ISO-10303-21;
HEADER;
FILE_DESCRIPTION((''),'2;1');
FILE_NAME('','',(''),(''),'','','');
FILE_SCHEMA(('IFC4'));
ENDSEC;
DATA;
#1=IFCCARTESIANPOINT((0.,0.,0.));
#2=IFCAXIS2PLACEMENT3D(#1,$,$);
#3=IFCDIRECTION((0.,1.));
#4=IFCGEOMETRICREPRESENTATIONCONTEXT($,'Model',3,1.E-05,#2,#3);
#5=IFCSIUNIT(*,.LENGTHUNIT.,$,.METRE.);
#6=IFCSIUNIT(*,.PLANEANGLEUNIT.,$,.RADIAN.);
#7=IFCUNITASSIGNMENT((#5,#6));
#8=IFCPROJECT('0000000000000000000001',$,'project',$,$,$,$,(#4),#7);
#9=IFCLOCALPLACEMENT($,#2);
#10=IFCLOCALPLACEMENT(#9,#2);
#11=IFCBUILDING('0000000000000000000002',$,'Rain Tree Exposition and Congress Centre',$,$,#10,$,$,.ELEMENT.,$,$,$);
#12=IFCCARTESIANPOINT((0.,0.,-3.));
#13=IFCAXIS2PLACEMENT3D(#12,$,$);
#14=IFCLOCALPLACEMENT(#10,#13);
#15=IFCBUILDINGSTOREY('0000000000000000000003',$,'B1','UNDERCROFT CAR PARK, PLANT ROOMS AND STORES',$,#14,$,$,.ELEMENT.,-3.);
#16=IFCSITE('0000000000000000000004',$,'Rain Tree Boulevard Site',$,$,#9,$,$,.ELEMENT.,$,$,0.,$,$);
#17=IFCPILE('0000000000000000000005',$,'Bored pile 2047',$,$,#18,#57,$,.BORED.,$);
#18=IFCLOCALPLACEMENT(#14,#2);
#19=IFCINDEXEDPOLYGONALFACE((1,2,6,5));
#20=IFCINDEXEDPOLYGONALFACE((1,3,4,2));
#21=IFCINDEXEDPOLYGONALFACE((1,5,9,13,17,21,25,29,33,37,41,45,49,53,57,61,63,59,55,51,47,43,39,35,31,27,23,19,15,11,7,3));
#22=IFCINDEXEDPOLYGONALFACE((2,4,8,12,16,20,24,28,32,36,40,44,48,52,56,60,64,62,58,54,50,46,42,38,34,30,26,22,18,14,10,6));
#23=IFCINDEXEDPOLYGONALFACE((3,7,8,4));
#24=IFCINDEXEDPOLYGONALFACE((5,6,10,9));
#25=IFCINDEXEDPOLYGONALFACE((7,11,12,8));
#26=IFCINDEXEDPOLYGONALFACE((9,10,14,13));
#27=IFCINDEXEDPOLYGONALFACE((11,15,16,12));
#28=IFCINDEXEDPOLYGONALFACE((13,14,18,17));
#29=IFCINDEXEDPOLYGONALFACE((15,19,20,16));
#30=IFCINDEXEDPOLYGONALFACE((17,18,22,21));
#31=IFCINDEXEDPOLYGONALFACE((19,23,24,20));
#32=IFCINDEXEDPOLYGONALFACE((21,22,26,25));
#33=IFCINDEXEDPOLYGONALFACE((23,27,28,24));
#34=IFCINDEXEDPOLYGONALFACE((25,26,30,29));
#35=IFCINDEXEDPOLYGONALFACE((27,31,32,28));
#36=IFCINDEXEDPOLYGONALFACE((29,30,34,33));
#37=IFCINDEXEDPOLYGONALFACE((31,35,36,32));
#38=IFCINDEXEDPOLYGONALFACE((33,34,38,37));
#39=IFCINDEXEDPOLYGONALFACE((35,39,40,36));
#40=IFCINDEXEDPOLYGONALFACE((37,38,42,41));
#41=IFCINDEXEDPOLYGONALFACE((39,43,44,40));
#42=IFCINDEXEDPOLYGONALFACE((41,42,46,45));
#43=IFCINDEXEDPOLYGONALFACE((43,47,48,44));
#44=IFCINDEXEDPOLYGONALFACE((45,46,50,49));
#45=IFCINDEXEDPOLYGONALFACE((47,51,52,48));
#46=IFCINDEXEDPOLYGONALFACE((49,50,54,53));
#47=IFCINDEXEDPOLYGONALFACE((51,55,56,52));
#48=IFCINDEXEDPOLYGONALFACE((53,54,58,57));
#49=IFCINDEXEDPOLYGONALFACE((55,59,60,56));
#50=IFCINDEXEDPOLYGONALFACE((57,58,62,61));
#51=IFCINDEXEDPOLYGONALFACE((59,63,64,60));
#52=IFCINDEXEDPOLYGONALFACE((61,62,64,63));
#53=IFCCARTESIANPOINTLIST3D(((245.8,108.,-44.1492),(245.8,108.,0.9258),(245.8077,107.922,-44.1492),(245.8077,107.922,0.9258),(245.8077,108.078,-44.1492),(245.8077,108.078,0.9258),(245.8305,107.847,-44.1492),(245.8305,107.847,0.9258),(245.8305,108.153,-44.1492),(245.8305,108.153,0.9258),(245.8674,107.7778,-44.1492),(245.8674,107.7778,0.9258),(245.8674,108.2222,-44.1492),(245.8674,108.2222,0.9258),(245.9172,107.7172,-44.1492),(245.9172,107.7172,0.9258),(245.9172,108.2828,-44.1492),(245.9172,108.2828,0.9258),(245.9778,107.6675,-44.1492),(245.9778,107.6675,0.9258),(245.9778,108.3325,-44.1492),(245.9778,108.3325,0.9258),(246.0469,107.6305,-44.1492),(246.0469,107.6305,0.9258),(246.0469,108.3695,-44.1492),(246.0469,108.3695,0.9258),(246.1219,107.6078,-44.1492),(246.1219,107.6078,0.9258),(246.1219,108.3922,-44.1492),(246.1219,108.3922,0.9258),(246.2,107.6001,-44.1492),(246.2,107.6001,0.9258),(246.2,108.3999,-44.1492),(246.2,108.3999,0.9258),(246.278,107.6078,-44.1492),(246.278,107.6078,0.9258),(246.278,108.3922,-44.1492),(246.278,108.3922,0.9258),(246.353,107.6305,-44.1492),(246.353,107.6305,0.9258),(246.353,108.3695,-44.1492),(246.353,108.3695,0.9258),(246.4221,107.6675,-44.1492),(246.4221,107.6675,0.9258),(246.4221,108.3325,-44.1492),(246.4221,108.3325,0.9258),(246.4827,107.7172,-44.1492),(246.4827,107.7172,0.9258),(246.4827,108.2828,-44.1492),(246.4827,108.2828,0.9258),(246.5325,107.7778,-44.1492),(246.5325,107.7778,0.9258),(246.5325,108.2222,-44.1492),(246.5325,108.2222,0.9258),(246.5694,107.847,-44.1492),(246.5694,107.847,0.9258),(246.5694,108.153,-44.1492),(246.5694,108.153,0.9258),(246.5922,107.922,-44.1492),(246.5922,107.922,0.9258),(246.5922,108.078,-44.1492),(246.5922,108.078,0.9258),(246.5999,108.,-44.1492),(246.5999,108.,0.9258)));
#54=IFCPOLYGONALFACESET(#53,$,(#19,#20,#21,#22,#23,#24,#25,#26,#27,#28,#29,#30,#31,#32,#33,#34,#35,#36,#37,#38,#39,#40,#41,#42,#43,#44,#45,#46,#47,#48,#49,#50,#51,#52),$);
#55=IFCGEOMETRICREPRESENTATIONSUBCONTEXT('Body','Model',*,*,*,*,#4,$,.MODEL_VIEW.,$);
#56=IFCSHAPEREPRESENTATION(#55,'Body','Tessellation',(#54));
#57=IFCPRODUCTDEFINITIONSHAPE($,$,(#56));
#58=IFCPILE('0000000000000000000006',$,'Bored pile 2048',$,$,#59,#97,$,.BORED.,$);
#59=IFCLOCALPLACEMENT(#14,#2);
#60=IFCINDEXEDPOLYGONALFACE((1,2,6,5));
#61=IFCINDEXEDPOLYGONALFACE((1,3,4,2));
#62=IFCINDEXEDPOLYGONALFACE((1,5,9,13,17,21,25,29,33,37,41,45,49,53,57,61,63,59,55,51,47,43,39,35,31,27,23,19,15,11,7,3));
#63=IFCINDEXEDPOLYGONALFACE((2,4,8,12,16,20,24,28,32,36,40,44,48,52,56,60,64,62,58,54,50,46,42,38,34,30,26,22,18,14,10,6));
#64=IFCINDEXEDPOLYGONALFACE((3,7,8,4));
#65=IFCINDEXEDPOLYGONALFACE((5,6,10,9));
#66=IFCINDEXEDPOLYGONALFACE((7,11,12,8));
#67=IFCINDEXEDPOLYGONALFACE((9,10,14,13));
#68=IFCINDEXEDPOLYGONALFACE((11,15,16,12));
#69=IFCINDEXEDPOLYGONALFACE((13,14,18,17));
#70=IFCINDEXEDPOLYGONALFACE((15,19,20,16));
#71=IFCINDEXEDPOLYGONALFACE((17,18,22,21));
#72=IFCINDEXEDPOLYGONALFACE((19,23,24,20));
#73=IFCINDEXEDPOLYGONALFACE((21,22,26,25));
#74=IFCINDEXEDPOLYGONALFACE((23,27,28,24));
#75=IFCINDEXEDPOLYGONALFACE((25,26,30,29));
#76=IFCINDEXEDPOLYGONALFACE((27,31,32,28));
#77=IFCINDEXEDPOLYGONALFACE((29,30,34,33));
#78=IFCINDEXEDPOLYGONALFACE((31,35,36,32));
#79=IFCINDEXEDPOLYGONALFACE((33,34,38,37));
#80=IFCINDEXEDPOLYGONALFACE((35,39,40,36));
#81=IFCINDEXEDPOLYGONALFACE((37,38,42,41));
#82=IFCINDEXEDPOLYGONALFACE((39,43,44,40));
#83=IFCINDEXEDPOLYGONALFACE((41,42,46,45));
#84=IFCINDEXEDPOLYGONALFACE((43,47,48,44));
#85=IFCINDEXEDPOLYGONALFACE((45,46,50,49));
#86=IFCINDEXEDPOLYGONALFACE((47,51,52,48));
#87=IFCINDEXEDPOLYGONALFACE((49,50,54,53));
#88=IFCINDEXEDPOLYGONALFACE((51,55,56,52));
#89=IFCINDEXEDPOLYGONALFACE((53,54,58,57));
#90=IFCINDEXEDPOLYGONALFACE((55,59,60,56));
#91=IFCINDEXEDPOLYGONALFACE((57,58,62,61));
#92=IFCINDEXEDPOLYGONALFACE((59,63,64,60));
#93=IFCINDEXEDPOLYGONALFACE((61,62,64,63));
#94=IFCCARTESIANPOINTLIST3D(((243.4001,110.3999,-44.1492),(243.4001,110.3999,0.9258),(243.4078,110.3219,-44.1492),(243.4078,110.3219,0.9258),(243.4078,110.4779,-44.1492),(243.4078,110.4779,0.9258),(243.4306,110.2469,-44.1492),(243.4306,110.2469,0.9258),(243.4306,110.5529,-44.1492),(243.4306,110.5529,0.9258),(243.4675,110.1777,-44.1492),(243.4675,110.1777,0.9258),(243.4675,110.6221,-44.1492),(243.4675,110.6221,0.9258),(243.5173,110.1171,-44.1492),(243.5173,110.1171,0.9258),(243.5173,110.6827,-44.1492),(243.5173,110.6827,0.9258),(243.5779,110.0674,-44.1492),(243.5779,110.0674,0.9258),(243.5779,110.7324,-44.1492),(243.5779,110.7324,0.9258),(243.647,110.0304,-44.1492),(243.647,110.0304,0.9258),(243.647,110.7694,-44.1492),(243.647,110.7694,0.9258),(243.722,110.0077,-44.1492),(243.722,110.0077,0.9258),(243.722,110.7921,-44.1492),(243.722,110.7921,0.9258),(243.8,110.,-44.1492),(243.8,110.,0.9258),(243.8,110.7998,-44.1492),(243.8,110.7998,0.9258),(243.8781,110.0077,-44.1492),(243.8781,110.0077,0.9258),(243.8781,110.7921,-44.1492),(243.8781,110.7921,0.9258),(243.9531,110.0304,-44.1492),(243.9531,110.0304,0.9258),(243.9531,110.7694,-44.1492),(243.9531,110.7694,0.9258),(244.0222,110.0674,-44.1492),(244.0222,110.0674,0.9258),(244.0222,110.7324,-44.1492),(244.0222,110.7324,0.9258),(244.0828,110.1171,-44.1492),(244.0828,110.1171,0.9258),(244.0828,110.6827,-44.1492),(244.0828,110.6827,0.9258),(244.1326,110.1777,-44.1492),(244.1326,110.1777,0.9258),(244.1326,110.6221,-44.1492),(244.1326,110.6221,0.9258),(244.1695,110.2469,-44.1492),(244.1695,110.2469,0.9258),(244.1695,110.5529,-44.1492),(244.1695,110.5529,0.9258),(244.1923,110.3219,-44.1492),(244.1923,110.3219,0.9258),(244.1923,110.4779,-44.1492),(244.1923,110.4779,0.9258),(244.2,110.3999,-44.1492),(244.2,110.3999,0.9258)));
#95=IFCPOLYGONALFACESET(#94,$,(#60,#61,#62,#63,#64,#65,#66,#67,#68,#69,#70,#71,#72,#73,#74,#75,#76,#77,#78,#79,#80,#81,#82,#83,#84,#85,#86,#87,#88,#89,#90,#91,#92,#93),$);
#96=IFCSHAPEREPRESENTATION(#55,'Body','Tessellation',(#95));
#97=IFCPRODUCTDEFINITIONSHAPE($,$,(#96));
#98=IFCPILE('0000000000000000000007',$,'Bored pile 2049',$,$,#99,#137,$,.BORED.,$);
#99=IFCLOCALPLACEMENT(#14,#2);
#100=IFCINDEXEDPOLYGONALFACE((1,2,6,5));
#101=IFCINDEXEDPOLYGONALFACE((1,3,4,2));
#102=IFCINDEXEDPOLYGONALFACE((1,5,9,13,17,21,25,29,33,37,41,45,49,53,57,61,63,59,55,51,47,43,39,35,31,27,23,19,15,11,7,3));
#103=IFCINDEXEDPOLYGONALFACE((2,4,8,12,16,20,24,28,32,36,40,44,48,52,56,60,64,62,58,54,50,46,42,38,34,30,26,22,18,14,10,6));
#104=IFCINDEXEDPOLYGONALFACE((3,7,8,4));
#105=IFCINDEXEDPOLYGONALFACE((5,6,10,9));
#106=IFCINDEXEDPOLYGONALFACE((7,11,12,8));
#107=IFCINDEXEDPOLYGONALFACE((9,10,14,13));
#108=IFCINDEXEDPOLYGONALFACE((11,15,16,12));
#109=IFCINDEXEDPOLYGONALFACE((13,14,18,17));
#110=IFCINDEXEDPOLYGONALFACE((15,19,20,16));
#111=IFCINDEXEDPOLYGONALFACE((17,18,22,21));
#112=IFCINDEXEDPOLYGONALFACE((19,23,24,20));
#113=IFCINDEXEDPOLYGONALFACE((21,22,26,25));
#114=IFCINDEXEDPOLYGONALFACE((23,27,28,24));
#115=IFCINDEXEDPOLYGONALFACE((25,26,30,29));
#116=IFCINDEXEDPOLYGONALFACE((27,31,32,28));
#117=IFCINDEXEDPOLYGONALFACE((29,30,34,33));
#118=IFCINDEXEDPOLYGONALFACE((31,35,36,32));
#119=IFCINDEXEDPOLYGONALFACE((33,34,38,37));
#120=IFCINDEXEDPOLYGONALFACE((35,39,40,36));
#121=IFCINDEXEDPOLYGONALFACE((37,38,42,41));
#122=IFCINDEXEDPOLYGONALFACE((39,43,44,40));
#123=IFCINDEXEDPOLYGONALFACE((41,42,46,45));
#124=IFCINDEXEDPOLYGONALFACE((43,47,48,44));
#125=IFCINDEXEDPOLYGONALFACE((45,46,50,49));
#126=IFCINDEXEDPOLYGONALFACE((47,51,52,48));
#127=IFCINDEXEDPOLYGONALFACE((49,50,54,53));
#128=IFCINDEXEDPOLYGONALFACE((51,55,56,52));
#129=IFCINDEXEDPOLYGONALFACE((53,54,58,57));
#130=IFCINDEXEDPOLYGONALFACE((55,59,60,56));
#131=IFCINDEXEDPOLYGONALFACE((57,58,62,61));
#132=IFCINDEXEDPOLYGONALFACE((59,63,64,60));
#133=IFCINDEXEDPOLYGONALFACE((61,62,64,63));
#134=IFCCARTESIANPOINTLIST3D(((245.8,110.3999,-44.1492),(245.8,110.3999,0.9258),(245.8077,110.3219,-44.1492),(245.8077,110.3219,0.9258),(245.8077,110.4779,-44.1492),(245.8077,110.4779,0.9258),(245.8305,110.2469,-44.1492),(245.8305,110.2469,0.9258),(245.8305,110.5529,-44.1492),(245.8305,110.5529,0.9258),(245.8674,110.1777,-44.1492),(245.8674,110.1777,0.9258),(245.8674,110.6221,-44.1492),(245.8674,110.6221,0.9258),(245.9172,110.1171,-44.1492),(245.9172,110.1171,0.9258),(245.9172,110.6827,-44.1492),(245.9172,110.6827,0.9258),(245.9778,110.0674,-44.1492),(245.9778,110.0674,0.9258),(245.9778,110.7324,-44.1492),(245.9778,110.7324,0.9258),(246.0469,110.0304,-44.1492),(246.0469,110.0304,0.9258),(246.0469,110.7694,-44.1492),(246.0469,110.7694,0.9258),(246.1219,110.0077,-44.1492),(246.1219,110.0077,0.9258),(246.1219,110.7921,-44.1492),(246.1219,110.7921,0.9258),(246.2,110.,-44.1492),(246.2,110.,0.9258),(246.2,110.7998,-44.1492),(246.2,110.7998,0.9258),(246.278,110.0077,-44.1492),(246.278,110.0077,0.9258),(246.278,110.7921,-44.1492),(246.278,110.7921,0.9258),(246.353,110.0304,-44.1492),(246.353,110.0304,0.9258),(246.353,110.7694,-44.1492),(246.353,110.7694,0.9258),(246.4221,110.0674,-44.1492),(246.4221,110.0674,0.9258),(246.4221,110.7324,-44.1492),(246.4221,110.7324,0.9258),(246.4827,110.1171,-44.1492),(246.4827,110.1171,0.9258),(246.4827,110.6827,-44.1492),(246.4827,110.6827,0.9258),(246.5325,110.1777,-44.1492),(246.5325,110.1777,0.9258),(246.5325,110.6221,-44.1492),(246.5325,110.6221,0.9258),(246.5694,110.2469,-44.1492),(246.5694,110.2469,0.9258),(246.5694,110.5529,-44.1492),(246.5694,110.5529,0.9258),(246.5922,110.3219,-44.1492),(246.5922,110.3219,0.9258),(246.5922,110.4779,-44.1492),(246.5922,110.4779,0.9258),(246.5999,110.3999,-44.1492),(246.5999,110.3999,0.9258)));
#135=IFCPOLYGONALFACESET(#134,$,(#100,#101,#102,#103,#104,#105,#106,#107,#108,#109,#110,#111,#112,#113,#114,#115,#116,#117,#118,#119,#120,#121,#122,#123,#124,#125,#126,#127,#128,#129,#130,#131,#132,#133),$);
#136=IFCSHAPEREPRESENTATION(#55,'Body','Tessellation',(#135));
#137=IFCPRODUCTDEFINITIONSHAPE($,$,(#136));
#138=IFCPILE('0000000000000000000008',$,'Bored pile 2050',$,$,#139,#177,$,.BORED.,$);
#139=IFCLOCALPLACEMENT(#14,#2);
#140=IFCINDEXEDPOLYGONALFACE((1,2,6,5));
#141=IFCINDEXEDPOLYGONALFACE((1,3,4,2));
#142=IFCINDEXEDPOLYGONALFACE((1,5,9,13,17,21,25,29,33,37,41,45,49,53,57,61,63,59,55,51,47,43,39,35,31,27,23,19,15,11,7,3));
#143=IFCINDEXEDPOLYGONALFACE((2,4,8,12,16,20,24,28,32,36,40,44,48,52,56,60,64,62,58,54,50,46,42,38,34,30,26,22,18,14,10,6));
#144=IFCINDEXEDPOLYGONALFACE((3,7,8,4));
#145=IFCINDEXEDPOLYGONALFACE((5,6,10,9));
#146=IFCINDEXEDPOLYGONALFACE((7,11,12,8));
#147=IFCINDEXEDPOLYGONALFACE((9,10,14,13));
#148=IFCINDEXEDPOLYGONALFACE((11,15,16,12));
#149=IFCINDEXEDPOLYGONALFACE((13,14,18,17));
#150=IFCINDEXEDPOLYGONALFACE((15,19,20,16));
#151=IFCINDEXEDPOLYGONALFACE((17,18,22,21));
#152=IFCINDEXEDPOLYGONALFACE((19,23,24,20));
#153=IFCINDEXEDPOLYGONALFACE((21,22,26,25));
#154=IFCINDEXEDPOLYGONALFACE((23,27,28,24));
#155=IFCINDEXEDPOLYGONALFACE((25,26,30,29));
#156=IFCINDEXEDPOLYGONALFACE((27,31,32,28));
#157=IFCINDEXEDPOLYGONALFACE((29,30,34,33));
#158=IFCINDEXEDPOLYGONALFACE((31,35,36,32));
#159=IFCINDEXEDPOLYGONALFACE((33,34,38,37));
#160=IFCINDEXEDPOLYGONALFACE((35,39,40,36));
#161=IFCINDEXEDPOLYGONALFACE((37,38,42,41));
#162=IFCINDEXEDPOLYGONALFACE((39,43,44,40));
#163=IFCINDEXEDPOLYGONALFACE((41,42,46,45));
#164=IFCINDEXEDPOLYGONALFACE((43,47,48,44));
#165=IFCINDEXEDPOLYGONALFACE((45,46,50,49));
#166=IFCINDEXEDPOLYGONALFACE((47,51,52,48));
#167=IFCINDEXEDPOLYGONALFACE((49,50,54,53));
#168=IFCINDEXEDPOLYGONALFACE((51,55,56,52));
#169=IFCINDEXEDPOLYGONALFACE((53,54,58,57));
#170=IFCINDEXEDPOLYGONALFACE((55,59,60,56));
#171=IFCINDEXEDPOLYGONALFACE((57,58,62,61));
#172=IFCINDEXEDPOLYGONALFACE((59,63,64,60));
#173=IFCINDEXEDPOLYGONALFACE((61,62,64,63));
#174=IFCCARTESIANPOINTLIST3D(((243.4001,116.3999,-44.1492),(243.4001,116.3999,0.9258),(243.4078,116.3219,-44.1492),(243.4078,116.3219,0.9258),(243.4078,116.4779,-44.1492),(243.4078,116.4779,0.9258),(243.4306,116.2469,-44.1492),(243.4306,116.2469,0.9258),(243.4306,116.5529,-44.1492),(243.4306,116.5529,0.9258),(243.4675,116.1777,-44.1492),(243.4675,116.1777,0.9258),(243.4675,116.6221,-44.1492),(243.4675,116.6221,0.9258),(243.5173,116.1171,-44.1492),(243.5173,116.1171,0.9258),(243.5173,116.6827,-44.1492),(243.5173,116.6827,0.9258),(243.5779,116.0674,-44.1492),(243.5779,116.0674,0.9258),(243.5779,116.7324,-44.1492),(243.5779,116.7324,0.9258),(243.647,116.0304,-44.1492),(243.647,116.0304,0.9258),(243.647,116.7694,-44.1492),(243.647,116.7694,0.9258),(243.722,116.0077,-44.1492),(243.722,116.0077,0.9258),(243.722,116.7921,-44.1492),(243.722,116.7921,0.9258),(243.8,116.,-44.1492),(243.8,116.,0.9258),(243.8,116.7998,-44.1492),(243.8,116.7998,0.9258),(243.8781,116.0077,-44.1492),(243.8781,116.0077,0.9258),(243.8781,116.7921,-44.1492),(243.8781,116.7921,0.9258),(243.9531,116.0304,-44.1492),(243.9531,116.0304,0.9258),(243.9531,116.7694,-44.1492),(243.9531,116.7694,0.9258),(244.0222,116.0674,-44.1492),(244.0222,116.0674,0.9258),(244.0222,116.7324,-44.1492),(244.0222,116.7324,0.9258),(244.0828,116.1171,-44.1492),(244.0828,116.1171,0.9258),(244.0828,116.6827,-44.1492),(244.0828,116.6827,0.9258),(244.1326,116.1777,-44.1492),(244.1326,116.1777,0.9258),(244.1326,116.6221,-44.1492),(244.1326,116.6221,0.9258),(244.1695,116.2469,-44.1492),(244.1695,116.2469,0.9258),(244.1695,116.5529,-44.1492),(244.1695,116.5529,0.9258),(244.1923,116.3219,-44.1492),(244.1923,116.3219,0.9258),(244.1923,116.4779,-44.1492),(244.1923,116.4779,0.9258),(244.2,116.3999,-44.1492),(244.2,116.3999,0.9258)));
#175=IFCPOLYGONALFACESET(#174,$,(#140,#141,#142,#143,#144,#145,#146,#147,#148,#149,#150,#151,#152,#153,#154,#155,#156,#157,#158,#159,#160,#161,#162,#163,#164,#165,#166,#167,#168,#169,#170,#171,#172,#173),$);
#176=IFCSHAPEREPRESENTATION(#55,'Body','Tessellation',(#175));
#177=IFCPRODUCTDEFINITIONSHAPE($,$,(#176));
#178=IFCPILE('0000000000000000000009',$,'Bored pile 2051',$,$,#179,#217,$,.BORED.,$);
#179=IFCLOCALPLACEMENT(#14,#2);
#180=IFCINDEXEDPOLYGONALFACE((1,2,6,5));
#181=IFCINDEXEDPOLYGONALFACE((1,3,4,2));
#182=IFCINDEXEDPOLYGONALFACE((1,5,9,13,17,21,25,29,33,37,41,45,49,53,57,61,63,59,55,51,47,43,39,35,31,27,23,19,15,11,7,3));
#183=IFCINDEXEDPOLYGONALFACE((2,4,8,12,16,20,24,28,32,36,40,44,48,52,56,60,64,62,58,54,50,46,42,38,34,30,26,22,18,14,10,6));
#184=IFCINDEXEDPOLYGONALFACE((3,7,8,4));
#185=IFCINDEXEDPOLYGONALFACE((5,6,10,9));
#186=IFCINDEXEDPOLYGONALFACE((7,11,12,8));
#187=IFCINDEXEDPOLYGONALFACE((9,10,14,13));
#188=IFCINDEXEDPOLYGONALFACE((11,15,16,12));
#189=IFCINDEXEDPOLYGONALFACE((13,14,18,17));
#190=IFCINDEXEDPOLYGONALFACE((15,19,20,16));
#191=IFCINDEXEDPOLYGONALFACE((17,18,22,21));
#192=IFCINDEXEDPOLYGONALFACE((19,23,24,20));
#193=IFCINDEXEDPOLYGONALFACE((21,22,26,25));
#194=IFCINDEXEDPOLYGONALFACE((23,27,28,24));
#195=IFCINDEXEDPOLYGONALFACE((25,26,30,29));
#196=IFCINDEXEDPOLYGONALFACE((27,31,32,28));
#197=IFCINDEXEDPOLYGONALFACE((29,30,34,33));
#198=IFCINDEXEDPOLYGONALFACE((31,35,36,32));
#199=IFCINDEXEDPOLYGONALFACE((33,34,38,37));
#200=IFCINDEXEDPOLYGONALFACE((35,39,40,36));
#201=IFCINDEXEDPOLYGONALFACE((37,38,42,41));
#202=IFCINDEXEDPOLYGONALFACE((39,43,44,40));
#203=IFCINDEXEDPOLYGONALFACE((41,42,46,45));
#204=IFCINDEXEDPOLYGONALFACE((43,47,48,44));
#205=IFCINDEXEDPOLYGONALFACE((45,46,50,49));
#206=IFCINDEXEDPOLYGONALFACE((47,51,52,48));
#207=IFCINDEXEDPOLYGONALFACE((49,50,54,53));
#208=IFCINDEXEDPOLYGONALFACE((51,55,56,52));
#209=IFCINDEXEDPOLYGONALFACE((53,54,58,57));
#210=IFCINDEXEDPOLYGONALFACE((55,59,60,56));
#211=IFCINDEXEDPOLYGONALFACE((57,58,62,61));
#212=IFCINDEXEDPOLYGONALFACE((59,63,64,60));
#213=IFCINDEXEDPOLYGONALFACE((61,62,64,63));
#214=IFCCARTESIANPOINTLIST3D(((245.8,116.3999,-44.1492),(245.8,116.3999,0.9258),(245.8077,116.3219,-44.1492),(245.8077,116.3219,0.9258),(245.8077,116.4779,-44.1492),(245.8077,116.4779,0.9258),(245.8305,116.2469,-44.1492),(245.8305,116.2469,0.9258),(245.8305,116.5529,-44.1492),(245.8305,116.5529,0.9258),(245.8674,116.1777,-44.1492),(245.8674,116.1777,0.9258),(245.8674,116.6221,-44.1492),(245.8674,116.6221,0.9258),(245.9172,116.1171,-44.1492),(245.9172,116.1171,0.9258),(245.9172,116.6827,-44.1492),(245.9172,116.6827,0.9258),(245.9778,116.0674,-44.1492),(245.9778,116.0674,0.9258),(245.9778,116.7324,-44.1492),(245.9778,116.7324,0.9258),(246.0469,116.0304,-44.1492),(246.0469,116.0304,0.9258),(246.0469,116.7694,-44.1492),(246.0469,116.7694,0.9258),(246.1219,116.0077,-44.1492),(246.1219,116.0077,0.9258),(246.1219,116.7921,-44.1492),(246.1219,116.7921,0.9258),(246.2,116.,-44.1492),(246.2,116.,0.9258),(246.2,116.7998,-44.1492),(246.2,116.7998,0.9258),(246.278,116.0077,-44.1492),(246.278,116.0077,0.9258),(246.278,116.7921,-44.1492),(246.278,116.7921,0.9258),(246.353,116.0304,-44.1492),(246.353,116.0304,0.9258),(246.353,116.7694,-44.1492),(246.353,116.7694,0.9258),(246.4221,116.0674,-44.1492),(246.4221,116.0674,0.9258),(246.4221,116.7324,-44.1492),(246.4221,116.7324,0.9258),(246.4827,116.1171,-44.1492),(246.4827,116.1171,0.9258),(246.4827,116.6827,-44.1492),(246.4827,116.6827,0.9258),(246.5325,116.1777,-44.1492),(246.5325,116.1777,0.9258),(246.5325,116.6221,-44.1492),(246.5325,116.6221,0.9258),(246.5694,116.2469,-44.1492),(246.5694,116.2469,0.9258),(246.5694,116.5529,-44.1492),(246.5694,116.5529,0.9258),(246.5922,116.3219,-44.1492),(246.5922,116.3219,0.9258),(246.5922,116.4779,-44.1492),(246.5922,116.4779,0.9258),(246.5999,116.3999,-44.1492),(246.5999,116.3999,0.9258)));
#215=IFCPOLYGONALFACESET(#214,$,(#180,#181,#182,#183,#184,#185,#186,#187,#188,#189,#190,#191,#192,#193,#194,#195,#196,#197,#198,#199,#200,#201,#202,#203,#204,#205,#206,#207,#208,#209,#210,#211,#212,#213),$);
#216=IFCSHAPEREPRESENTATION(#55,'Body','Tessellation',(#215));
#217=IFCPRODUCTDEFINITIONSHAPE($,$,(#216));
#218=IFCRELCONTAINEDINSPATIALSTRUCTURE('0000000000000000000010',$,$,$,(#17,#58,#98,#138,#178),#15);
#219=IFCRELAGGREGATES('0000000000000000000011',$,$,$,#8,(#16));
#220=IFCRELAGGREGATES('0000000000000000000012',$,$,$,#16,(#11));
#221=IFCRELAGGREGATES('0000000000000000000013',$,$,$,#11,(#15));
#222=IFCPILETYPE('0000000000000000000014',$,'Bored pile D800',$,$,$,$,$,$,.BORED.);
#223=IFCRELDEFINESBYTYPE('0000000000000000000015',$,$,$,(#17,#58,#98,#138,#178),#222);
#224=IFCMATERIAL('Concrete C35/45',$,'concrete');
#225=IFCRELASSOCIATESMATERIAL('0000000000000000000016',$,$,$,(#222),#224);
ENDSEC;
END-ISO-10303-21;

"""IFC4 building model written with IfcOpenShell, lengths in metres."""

from ifc_helpers import new_model, si_unit, direction, frame, origin, origin_2d, place, context, subcontext, project, spatial, circle, extrude, material, material_profile, profile_set, type_object, element, save


model = new_model("IFC4")

# Units and contexts
model_context = context("Model", 3, precision=1e-05, world=origin(), true_north=direction((0.0, 1.0)))
body_context = subcontext(model_context, "Body", "Model", "MODEL_VIEW")
ifc_project = project(units=[si_unit("LENGTHUNIT", "METRE"), si_unit("PLANEANGLEUNIT", "RADIAN")], contexts=[model_context])

# Site, building, storey
site_placement = place(None, origin())
site = spatial("IfcSite", under=ifc_project, at=site_placement, Name="Rain Tree Boulevard Site", CompositionType="ELEMENT", RefElevation=0.0)
building_placement = place(site_placement, origin())
building = spatial("IfcBuilding", under=site, at=building_placement, Name="Rain Tree Exposition and Congress Centre", CompositionType="ELEMENT")
storey_placement = place(building_placement, frame((0.0, 0.0, -3.0)))
storey = spatial("IfcBuildingStorey", under=building, at=storey_placement, Name="B1", Description="UNDERCROFT CAR PARK, PLANT ROOMS AND STORES", CompositionType="ELEMENT", Elevation=-3.0)

# Piles
ifc_material_1 = material(Name="Concrete C35/45", Category="concrete")
ifc_material_profile_1 = material_profile(ifc_material_1, circle(Radius=0.3999, at=origin_2d()), Name="D800")
ifc_profile_set_1 = profile_set([ifc_material_profile_1], Name="Concrete C35/45")
pile_type_1 = type_object("IfcPileType", Name="Bored pile D800", PredefinedType="BORED", material=ifc_profile_set_1)
for number, where, z_axis, x_axis, name in (
    (1, (246.2, 108.0, 0.9258), (0.0, 0.0, -1.0), (1.0, 0.0, 0.0), "Bored pile 2047"),
    (2, (243.8, 110.3999, 0.9258), (0.0, 0.0, -1.0), (1.0, 0.0, 0.0), "Bored pile 2048"),
    (3, (246.2, 110.3999, 0.9258), (0.0, 0.0, -1.0), (1.0, 0.0, 0.0), "Bored pile 2049"),
    (4, (243.8, 116.3999, 0.9258), (0.0, 0.0, -1.0), (1.0, 0.0, 0.0), "Bored pile 2050"),
    (5, (246.2, 116.3999, 0.9258), (0.0, 0.0, -1.0), (1.0, 0.0, 0.0), "Bored pile 2051"),
):
    element("IfcPile", number, at=place(storey_placement, frame(where, z_axis=z_axis, x_axis=x_axis)), inside=storey, type_object=pile_type_1, Name=name, PredefinedType="BORED", context=body_context, shape_type="SweptSolid", body=[
        extrude(circle(Radius=0.3999, at=origin_2d()), origin(), (0.0, 0.0, 1.0), 45.075),
    ])

save(model, "model.ifc")
